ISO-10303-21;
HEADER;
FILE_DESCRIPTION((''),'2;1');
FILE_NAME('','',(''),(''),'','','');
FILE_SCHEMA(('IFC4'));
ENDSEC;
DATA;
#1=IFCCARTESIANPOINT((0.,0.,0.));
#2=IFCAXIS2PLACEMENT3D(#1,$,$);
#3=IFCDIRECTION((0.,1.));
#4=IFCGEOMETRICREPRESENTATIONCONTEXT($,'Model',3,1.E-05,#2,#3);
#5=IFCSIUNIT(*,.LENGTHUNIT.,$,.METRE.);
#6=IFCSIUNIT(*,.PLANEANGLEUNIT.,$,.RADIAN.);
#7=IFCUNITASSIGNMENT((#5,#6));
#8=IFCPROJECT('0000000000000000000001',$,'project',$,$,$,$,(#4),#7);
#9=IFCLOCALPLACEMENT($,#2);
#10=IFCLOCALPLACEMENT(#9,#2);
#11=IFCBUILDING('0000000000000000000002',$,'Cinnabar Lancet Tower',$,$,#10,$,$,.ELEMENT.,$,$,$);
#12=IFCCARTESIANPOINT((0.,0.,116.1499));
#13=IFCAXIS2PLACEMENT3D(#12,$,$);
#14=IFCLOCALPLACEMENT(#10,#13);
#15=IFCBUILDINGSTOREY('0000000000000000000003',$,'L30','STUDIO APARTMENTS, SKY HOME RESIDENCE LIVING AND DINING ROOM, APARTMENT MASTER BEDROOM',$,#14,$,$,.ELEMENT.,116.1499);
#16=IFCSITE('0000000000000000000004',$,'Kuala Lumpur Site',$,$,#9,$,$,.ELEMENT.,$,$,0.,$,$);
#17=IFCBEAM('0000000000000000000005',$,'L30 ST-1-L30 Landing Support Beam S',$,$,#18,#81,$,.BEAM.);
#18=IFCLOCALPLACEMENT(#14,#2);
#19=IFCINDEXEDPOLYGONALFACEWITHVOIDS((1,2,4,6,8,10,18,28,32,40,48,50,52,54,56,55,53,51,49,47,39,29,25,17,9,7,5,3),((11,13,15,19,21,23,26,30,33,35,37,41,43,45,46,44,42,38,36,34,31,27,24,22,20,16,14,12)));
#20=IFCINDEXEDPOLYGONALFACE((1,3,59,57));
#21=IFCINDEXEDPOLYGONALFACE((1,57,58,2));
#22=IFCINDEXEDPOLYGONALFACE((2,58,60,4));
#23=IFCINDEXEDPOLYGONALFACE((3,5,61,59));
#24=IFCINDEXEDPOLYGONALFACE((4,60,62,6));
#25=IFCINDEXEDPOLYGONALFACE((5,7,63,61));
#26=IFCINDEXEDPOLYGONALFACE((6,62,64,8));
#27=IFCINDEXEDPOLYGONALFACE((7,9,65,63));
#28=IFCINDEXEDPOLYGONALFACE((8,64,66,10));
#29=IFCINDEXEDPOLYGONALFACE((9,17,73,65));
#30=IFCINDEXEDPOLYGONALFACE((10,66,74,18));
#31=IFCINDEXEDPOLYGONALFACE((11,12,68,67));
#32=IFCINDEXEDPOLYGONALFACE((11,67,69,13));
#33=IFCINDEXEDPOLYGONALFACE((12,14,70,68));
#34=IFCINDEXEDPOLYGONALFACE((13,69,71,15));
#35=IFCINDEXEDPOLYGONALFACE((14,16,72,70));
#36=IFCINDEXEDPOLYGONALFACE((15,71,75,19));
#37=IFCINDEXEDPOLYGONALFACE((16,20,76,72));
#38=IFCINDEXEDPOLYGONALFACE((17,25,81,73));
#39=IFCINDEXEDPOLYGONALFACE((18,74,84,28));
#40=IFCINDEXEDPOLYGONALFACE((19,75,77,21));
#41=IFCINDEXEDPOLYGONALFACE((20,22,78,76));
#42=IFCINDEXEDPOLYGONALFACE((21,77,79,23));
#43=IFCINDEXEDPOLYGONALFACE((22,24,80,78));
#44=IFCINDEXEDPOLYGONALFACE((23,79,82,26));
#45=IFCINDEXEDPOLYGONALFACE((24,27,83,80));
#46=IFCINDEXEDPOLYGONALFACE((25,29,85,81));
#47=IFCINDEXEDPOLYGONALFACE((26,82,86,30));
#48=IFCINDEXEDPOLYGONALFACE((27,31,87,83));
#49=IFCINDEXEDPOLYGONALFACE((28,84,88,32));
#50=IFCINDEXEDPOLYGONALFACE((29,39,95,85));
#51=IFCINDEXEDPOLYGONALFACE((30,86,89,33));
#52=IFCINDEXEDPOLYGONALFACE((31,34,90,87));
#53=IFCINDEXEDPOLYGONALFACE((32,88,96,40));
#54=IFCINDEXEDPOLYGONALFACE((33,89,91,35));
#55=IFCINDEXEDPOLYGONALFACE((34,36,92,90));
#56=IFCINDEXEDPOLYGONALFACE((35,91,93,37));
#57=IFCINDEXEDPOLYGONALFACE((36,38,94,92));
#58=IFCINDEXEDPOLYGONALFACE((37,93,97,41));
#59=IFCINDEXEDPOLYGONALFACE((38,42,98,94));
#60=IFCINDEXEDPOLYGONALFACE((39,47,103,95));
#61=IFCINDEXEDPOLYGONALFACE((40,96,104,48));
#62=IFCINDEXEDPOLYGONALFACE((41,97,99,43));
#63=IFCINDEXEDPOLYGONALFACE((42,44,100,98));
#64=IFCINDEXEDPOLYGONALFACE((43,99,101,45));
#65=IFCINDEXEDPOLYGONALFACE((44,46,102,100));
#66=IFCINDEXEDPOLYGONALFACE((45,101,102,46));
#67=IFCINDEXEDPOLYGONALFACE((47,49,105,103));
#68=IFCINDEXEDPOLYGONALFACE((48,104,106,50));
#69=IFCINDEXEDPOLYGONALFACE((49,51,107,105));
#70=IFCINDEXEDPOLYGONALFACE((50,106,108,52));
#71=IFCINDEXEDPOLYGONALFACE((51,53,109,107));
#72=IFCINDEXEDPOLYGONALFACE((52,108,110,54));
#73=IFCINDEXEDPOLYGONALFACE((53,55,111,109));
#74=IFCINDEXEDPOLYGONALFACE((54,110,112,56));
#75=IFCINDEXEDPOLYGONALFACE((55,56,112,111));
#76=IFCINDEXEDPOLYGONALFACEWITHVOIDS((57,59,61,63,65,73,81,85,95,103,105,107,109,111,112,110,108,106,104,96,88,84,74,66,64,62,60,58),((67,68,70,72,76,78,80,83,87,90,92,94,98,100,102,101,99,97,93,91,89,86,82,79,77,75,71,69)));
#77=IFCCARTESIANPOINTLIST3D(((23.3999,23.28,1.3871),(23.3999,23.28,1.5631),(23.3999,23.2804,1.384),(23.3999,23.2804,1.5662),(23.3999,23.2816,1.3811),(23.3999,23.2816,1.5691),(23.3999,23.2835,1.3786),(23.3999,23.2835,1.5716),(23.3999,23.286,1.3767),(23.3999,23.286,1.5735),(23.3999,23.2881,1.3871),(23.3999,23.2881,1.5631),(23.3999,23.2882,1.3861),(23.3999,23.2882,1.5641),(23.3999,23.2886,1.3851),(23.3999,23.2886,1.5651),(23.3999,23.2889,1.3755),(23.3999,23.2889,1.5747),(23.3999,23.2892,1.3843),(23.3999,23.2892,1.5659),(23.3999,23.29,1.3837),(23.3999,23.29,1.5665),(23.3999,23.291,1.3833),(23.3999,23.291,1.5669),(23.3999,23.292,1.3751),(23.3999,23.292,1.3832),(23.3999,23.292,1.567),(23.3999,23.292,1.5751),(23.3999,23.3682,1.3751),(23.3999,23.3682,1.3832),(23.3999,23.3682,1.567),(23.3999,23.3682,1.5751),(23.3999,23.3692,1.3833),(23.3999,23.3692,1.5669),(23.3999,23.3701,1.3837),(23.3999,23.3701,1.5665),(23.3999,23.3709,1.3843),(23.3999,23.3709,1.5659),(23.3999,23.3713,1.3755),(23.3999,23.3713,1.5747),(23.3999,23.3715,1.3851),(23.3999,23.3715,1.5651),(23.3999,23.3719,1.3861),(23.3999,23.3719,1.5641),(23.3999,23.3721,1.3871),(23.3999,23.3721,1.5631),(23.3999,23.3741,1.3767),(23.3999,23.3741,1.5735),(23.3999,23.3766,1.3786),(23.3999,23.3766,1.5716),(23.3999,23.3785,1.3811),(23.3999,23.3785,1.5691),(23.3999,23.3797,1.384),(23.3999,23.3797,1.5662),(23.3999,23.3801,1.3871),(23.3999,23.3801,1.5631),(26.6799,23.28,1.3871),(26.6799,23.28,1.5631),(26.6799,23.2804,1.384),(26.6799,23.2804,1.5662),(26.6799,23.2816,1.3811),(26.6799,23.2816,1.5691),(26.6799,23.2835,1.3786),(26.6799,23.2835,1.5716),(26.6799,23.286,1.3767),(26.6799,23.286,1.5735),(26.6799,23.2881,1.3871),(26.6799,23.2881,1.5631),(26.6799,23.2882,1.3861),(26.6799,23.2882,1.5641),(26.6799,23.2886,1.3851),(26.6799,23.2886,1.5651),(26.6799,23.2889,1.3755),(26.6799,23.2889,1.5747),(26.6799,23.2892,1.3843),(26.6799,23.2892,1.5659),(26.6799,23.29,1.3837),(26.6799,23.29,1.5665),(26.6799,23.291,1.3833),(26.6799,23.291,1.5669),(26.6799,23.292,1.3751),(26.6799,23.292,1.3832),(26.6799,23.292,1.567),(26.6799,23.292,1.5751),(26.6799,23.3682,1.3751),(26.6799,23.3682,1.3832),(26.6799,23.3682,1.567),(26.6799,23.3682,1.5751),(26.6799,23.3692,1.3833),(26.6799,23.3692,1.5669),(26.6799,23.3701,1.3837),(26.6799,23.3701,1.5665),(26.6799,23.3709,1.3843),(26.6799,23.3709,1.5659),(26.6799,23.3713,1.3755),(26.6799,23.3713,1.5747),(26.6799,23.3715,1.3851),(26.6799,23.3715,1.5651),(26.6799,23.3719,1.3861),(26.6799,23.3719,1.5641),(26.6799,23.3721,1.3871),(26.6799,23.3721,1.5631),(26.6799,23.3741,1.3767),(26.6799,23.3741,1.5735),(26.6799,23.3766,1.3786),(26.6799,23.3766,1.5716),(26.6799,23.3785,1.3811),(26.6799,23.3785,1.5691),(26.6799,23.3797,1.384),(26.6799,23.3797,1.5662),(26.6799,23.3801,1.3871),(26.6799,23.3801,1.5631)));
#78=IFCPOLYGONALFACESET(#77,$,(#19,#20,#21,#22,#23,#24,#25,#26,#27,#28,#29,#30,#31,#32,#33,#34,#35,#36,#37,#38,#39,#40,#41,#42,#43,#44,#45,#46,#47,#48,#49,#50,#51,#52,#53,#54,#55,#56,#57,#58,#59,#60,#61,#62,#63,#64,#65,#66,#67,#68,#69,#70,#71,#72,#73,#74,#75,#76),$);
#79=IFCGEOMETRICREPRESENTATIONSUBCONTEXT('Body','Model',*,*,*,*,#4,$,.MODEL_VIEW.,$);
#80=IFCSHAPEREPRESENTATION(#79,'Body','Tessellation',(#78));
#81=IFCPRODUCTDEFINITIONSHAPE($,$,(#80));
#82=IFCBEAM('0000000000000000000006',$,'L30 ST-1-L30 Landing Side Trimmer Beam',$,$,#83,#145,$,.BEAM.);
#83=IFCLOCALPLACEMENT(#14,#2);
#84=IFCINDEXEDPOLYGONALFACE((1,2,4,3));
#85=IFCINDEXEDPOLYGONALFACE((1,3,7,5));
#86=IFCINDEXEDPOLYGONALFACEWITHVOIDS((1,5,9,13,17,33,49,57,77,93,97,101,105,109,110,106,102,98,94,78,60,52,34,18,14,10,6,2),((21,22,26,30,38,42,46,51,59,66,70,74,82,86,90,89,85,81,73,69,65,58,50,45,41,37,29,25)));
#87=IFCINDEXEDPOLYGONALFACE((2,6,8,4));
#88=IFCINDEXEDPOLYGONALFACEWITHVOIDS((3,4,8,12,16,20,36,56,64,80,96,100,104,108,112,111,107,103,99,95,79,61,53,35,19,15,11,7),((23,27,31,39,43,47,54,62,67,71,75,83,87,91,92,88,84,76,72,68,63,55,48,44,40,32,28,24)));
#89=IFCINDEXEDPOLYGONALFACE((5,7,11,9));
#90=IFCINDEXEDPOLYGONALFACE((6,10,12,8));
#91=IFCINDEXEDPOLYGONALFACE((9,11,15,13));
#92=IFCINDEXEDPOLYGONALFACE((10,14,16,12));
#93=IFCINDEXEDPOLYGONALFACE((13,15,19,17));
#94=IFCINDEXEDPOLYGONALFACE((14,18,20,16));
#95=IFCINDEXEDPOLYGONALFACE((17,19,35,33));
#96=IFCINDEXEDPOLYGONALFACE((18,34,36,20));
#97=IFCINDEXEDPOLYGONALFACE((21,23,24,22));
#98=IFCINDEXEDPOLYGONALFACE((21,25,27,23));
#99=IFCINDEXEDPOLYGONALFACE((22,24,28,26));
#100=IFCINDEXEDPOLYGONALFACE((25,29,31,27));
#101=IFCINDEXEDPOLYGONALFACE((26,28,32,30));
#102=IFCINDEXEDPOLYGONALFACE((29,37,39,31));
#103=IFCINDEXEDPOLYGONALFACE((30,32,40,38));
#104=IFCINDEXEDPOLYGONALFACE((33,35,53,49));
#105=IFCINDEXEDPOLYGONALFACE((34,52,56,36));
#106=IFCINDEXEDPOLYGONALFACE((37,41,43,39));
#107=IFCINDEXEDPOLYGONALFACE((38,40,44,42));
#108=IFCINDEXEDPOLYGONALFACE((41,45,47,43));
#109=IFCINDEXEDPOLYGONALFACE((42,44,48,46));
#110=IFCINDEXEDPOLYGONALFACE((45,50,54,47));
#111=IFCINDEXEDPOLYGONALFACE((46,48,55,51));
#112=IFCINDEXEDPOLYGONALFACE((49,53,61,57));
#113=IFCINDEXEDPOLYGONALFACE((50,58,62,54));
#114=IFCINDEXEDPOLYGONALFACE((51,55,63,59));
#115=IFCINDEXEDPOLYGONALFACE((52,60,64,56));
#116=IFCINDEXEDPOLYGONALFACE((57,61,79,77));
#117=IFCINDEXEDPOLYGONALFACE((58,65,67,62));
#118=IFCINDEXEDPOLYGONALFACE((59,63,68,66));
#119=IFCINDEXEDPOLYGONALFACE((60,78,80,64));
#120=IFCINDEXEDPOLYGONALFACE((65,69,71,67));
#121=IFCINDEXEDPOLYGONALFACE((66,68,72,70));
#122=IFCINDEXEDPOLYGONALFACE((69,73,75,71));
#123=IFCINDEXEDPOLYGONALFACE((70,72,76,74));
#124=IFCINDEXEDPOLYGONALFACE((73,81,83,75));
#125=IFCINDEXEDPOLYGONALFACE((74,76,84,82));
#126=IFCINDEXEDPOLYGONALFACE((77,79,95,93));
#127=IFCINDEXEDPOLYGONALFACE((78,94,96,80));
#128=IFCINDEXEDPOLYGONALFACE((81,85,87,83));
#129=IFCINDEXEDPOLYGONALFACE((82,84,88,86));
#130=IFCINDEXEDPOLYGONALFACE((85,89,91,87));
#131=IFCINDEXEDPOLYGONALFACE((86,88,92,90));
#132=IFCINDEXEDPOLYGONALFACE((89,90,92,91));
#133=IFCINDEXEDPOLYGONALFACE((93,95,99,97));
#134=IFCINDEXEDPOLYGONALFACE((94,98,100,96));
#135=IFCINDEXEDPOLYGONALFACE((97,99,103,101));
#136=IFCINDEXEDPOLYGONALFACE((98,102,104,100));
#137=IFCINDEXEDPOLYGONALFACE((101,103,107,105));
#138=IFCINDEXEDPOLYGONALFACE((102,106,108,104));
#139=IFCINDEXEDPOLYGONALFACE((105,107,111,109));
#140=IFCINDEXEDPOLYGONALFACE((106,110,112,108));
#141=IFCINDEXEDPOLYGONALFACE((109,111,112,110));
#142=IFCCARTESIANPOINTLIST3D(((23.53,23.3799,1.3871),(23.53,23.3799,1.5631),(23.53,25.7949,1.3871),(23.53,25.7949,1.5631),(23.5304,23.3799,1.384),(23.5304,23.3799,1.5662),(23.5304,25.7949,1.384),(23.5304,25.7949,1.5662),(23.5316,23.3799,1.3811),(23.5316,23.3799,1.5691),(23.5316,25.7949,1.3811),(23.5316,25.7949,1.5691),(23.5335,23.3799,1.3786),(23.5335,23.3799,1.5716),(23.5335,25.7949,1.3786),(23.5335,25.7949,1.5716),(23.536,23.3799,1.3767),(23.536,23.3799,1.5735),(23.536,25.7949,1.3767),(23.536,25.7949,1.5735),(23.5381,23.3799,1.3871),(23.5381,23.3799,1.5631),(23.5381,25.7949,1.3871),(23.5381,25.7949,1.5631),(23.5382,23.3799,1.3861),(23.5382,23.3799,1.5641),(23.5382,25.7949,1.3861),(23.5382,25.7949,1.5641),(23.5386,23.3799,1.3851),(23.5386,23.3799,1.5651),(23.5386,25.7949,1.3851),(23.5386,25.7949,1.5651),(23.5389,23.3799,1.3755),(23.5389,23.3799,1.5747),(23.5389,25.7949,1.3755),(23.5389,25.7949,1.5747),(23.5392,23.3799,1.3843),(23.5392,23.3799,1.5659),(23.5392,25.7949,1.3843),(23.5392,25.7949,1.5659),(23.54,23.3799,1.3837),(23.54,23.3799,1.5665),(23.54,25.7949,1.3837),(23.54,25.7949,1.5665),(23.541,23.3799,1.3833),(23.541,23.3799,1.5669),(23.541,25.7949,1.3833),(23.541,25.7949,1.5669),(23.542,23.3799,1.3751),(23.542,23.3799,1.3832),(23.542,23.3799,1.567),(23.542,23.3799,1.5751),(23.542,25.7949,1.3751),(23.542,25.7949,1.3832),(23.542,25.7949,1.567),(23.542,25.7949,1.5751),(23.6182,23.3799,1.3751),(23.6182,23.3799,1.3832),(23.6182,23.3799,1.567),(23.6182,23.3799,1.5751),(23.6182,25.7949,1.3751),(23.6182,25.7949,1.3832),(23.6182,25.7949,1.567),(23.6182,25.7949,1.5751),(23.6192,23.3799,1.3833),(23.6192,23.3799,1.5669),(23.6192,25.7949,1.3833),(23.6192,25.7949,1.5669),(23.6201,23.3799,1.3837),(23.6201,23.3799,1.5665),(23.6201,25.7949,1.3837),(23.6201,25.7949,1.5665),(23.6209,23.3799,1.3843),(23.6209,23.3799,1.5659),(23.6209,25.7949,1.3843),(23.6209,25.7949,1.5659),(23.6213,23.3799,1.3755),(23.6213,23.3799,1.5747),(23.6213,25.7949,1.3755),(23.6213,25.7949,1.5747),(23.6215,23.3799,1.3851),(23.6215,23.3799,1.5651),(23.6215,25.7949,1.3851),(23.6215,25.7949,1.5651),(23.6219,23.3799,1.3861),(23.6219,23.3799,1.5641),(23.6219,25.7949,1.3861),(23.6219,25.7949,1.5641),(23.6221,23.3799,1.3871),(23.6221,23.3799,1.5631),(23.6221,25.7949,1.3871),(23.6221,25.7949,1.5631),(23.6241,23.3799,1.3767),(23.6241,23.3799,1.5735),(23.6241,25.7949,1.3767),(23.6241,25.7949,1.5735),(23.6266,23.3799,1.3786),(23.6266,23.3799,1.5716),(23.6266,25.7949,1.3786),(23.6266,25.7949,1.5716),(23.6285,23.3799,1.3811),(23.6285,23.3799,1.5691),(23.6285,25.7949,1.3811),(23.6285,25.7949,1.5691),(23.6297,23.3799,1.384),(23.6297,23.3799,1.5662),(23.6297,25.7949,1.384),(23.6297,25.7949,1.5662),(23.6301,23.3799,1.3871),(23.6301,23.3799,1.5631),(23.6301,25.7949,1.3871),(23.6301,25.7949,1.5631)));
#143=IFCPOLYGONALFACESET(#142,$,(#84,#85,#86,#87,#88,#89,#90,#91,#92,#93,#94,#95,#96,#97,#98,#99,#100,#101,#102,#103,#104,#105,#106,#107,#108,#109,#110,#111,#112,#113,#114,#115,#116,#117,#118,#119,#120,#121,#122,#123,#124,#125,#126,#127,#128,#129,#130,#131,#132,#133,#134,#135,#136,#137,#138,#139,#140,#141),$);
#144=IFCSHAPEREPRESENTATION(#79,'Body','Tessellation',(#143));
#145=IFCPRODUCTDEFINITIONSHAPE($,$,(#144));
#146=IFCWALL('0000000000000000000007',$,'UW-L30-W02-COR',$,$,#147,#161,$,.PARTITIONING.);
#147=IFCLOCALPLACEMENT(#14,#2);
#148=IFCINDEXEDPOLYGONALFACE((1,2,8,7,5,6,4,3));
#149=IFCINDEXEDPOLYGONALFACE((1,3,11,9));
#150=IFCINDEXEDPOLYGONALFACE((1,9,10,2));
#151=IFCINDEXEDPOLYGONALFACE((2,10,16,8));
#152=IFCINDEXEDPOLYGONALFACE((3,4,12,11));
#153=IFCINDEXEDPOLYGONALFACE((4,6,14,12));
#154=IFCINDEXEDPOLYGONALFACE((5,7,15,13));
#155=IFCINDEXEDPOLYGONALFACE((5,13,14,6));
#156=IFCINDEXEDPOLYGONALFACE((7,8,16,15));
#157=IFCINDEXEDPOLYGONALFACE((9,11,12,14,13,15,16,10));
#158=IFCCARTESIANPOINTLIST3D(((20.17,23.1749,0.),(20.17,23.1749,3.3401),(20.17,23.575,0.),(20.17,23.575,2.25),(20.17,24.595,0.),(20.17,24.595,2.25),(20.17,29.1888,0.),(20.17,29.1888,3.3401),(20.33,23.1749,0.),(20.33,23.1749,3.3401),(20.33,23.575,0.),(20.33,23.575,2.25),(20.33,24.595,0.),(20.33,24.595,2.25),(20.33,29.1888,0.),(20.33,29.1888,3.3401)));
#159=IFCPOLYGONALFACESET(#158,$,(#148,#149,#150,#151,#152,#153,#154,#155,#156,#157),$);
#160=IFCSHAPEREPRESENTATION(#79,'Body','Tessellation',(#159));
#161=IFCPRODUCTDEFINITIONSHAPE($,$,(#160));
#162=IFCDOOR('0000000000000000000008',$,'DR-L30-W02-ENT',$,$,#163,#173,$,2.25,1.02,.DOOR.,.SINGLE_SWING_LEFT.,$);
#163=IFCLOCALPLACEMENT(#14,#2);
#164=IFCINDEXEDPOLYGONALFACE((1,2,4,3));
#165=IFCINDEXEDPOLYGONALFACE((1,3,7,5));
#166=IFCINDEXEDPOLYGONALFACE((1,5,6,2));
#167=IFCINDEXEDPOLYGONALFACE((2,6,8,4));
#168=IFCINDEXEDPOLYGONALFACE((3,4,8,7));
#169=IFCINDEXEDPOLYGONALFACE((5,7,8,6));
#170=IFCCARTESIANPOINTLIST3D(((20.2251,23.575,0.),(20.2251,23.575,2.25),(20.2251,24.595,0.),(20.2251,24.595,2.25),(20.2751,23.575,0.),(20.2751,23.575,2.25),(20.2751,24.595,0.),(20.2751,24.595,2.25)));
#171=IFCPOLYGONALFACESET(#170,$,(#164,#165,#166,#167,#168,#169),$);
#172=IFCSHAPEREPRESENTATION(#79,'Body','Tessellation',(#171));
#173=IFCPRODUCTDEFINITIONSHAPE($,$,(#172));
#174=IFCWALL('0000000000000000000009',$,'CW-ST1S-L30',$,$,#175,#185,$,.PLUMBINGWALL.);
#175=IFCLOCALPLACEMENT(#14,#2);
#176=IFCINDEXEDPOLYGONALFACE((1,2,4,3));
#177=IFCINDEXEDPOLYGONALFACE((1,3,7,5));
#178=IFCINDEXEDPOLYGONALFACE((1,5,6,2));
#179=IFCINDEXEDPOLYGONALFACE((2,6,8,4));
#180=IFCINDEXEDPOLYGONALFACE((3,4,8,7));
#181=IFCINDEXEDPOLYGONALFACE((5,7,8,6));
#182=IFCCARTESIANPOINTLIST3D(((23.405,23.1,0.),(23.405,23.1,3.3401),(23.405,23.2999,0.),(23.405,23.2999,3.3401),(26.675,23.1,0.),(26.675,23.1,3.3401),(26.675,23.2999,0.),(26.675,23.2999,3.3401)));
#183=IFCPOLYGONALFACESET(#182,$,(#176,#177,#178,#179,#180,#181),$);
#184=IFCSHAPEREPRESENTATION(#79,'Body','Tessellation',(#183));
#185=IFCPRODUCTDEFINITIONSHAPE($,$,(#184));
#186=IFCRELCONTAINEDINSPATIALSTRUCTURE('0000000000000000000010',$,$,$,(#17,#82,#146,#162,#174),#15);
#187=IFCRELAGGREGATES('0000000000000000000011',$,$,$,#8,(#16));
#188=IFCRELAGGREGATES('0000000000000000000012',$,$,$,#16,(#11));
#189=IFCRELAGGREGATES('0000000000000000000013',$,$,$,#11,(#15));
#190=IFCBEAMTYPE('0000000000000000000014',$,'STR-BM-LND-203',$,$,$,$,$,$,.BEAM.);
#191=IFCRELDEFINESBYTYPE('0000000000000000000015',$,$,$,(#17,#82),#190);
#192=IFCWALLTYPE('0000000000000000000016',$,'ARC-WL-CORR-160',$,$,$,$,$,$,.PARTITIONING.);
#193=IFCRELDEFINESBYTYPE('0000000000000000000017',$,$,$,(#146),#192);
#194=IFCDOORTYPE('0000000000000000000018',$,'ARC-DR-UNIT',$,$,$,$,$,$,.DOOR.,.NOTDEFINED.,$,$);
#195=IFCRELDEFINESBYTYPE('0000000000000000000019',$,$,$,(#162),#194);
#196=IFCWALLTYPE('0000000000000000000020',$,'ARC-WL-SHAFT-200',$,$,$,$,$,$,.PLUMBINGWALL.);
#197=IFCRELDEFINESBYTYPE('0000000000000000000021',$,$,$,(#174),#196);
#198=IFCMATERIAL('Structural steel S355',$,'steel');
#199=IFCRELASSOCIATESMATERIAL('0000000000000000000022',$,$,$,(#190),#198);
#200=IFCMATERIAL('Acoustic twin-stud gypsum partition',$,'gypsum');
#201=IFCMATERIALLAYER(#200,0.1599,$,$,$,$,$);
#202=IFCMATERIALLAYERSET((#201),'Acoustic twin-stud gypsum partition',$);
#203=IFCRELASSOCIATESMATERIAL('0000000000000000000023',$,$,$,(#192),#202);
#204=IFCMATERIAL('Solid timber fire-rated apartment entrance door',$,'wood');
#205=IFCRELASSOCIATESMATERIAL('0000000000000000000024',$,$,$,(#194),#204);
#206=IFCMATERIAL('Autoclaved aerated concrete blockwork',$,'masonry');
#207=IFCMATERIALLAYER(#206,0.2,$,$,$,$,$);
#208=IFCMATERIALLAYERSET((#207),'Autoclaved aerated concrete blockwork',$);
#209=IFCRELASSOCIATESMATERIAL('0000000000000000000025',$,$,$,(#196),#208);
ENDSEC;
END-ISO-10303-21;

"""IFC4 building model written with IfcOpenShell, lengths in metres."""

from ifc_helpers import new_model, si_unit, direction, frame, frame_2d, origin, origin_2d, place, context, subcontext, project, spatial, rectangle, hollow_rectangle, extrude, material, layer, layer_set, material_profile, profile_set, type_object, element, fill, save


model = new_model("IFC4")

# Units and contexts
model_context = context("Model", 3, precision=1e-05, world=origin(), true_north=direction((0.0, 1.0)))
body_context = subcontext(model_context, "Body", "Model", "MODEL_VIEW")
ifc_project = project(units=[si_unit("LENGTHUNIT", "METRE"), si_unit("PLANEANGLEUNIT", "RADIAN")], contexts=[model_context])

# Site, building, storey
site_placement = place(None, origin())
site = spatial("IfcSite", under=ifc_project, at=site_placement, Name="Kuala Lumpur Site", CompositionType="ELEMENT", RefElevation=0.0)
building_placement = place(site_placement, origin())
building = spatial("IfcBuilding", under=site, at=building_placement, Name="Cinnabar Lancet Tower", CompositionType="ELEMENT")
storey_placement = place(building_placement, frame((0.0, 0.0, 116.1499)))
storey = spatial("IfcBuildingStorey", under=building, at=storey_placement, Name="L30", Description="STUDIO APARTMENTS, SKY HOME RESIDENCE LIVING AND DINING ROOM, APARTMENT MASTER BEDROOM", CompositionType="ELEMENT", Elevation=116.1499)

# Beams
ifc_material_1 = material(Name="Structural steel S355", Category="steel")
ifc_material_profile = material_profile(ifc_material_1, hollow_rectangle(XDim=0.1001, YDim=0.2, WallThickness=0.0081, InnerFilletRadius=0.0039, OuterFilletRadius=0.012, at=origin_2d()), Name="RHS 200x100x8")
ifc_profile_set = profile_set([ifc_material_profile], Name="Structural steel S355")
beam_type = type_object("IfcBeamType", Name="STR-BM-LND-203", PredefinedType="BEAM", material=ifc_profile_set)
beam_1_placement = place(storey_placement, frame((23.3999, 23.3301, 1.4751), z_axis=(1.0, 0.0, 0.0), x_axis=(0.0, 1.0, 0.0)))
element("IfcBeam", 1, at=beam_1_placement, inside=storey, type_object=beam_type, Name="L30 ST-1-L30 Landing Support Beam S", PredefinedType="BEAM", context=body_context, shape_type="SweptSolid", body=[
    extrude(hollow_rectangle(XDim=0.1001, YDim=0.2, WallThickness=0.0081, InnerFilletRadius=0.0039, OuterFilletRadius=0.012, at=origin_2d()), origin(), (0.0, 0.0, 1.0), 3.28),
])
beam_2_placement = place(storey_placement, frame((23.5801, 23.3799, 1.4751), z_axis=(0.0, 1.0, 0.0), x_axis=(-1.0, 0.0, 0.0)))
element("IfcBeam", 2, at=beam_2_placement, inside=storey, type_object=beam_type, Name="L30 ST-1-L30 Landing Side Trimmer Beam", PredefinedType="BEAM", context=body_context, shape_type="SweptSolid", body=[
    extrude(hollow_rectangle(XDim=0.1001, YDim=0.2, WallThickness=0.0081, InnerFilletRadius=0.0039, OuterFilletRadius=0.012, at=origin_2d()), origin(), (0.0, 0.0, 1.0), 2.415),
])

# Wall, opening, door
ifc_material_2 = material(Name="Acoustic twin-stud gypsum partition", Category="gypsum")
ifc_layer_1 = layer(ifc_material_2, 0.1599)
ifc_layer_set_1 = layer_set([ifc_layer_1], Name="Acoustic twin-stud gypsum partition")
wall_type_1 = type_object("IfcWallType", Name="ARC-WL-CORR-160", PredefinedType="PARTITIONING", material=ifc_layer_set_1)
wall_1_placement = place(storey_placement, frame((20.25, 23.175, 0.0), z_axis=(0.0, 0.0, 1.0), x_axis=(0.0, 1.0, 0.0)))
wall_1 = element("IfcWall", 3, at=wall_1_placement, inside=storey, type_object=wall_type_1, Name="UW-L30-W02-COR", PredefinedType="PARTITIONING", context=body_context, shape_type="SweptSolid", body=[
    extrude(rectangle(XDim=6.0139, YDim=0.1599, at=frame_2d((3.0068, 0.0))), origin(), (0.0, 0.0, 1.0), 3.3401),
])
opening_1_placement = place(wall_1_placement, frame((0.3999, 0.0, 0.0)))
opening_1 = element("IfcOpeningElement", 4, at=opening_1_placement, cuts=wall_1, PredefinedType="OPENING", context=body_context, shape_type="SweptSolid", body=[
    extrude(rectangle(XDim=1.02, YDim=2.25, at=frame_2d((0.51, 1.125))), frame((0.0, 0.0898, 0.0), z_axis=(0.0, -1.0, 0.0), x_axis=(1.0, 0.0, 0.0)), (0.0, 0.0, 1.0), 0.1799),
])
ifc_material_3 = material(Name="Solid timber fire-rated apartment entrance door", Category="wood")
door_type_1 = type_object("IfcDoorType", Name="ARC-DR-UNIT", OperationType="NOTDEFINED", PredefinedType="DOOR", material=ifc_material_3)
door_1_placement = place(opening_1_placement, origin())
door_1 = element("IfcDoor", 5, at=door_1_placement, inside=storey, type_object=door_type_1, Name="DR-L30-W02-ENT", OperationType="SINGLE_SWING_LEFT", OverallHeight=2.25, OverallWidth=1.02, PredefinedType="DOOR", context=body_context, shape_type="SweptSolid", body=[
    extrude(rectangle(XDim=1.02, YDim=2.25, at=frame_2d((0.51, 1.125))), frame((0.0, 0.0249, 0.0), z_axis=(0.0, -1.0, 0.0), x_axis=(1.0, 0.0, 0.0)), (0.0, 0.0, 1.0), 0.05),
])
fill(opening_1, door_1)

# Wall
ifc_material_4 = material(Name="Autoclaved aerated concrete blockwork", Category="masonry")
ifc_layer_2 = layer(ifc_material_4, 0.2)
ifc_layer_set_2 = layer_set([ifc_layer_2], Name="Autoclaved aerated concrete blockwork")
wall_type_2 = type_object("IfcWallType", Name="ARC-WL-SHAFT-200", PredefinedType="PLUMBINGWALL", material=ifc_layer_set_2)
wall_2_placement = place(storey_placement, frame((23.405, 23.2, 0.0), z_axis=(0.0, 0.0, 1.0), x_axis=(1.0, 0.0, 0.0)))
element("IfcWall", 6, at=wall_2_placement, inside=storey, type_object=wall_type_2, Name="CW-ST1S-L30", PredefinedType="PLUMBINGWALL", context=body_context, shape_type="SweptSolid", body=[
    extrude(rectangle(XDim=3.27, YDim=0.2, at=frame_2d((1.635, 0.0))), origin(), (0.0, 0.0, 1.0), 3.3401),
])

save(model, "model.ifc")
